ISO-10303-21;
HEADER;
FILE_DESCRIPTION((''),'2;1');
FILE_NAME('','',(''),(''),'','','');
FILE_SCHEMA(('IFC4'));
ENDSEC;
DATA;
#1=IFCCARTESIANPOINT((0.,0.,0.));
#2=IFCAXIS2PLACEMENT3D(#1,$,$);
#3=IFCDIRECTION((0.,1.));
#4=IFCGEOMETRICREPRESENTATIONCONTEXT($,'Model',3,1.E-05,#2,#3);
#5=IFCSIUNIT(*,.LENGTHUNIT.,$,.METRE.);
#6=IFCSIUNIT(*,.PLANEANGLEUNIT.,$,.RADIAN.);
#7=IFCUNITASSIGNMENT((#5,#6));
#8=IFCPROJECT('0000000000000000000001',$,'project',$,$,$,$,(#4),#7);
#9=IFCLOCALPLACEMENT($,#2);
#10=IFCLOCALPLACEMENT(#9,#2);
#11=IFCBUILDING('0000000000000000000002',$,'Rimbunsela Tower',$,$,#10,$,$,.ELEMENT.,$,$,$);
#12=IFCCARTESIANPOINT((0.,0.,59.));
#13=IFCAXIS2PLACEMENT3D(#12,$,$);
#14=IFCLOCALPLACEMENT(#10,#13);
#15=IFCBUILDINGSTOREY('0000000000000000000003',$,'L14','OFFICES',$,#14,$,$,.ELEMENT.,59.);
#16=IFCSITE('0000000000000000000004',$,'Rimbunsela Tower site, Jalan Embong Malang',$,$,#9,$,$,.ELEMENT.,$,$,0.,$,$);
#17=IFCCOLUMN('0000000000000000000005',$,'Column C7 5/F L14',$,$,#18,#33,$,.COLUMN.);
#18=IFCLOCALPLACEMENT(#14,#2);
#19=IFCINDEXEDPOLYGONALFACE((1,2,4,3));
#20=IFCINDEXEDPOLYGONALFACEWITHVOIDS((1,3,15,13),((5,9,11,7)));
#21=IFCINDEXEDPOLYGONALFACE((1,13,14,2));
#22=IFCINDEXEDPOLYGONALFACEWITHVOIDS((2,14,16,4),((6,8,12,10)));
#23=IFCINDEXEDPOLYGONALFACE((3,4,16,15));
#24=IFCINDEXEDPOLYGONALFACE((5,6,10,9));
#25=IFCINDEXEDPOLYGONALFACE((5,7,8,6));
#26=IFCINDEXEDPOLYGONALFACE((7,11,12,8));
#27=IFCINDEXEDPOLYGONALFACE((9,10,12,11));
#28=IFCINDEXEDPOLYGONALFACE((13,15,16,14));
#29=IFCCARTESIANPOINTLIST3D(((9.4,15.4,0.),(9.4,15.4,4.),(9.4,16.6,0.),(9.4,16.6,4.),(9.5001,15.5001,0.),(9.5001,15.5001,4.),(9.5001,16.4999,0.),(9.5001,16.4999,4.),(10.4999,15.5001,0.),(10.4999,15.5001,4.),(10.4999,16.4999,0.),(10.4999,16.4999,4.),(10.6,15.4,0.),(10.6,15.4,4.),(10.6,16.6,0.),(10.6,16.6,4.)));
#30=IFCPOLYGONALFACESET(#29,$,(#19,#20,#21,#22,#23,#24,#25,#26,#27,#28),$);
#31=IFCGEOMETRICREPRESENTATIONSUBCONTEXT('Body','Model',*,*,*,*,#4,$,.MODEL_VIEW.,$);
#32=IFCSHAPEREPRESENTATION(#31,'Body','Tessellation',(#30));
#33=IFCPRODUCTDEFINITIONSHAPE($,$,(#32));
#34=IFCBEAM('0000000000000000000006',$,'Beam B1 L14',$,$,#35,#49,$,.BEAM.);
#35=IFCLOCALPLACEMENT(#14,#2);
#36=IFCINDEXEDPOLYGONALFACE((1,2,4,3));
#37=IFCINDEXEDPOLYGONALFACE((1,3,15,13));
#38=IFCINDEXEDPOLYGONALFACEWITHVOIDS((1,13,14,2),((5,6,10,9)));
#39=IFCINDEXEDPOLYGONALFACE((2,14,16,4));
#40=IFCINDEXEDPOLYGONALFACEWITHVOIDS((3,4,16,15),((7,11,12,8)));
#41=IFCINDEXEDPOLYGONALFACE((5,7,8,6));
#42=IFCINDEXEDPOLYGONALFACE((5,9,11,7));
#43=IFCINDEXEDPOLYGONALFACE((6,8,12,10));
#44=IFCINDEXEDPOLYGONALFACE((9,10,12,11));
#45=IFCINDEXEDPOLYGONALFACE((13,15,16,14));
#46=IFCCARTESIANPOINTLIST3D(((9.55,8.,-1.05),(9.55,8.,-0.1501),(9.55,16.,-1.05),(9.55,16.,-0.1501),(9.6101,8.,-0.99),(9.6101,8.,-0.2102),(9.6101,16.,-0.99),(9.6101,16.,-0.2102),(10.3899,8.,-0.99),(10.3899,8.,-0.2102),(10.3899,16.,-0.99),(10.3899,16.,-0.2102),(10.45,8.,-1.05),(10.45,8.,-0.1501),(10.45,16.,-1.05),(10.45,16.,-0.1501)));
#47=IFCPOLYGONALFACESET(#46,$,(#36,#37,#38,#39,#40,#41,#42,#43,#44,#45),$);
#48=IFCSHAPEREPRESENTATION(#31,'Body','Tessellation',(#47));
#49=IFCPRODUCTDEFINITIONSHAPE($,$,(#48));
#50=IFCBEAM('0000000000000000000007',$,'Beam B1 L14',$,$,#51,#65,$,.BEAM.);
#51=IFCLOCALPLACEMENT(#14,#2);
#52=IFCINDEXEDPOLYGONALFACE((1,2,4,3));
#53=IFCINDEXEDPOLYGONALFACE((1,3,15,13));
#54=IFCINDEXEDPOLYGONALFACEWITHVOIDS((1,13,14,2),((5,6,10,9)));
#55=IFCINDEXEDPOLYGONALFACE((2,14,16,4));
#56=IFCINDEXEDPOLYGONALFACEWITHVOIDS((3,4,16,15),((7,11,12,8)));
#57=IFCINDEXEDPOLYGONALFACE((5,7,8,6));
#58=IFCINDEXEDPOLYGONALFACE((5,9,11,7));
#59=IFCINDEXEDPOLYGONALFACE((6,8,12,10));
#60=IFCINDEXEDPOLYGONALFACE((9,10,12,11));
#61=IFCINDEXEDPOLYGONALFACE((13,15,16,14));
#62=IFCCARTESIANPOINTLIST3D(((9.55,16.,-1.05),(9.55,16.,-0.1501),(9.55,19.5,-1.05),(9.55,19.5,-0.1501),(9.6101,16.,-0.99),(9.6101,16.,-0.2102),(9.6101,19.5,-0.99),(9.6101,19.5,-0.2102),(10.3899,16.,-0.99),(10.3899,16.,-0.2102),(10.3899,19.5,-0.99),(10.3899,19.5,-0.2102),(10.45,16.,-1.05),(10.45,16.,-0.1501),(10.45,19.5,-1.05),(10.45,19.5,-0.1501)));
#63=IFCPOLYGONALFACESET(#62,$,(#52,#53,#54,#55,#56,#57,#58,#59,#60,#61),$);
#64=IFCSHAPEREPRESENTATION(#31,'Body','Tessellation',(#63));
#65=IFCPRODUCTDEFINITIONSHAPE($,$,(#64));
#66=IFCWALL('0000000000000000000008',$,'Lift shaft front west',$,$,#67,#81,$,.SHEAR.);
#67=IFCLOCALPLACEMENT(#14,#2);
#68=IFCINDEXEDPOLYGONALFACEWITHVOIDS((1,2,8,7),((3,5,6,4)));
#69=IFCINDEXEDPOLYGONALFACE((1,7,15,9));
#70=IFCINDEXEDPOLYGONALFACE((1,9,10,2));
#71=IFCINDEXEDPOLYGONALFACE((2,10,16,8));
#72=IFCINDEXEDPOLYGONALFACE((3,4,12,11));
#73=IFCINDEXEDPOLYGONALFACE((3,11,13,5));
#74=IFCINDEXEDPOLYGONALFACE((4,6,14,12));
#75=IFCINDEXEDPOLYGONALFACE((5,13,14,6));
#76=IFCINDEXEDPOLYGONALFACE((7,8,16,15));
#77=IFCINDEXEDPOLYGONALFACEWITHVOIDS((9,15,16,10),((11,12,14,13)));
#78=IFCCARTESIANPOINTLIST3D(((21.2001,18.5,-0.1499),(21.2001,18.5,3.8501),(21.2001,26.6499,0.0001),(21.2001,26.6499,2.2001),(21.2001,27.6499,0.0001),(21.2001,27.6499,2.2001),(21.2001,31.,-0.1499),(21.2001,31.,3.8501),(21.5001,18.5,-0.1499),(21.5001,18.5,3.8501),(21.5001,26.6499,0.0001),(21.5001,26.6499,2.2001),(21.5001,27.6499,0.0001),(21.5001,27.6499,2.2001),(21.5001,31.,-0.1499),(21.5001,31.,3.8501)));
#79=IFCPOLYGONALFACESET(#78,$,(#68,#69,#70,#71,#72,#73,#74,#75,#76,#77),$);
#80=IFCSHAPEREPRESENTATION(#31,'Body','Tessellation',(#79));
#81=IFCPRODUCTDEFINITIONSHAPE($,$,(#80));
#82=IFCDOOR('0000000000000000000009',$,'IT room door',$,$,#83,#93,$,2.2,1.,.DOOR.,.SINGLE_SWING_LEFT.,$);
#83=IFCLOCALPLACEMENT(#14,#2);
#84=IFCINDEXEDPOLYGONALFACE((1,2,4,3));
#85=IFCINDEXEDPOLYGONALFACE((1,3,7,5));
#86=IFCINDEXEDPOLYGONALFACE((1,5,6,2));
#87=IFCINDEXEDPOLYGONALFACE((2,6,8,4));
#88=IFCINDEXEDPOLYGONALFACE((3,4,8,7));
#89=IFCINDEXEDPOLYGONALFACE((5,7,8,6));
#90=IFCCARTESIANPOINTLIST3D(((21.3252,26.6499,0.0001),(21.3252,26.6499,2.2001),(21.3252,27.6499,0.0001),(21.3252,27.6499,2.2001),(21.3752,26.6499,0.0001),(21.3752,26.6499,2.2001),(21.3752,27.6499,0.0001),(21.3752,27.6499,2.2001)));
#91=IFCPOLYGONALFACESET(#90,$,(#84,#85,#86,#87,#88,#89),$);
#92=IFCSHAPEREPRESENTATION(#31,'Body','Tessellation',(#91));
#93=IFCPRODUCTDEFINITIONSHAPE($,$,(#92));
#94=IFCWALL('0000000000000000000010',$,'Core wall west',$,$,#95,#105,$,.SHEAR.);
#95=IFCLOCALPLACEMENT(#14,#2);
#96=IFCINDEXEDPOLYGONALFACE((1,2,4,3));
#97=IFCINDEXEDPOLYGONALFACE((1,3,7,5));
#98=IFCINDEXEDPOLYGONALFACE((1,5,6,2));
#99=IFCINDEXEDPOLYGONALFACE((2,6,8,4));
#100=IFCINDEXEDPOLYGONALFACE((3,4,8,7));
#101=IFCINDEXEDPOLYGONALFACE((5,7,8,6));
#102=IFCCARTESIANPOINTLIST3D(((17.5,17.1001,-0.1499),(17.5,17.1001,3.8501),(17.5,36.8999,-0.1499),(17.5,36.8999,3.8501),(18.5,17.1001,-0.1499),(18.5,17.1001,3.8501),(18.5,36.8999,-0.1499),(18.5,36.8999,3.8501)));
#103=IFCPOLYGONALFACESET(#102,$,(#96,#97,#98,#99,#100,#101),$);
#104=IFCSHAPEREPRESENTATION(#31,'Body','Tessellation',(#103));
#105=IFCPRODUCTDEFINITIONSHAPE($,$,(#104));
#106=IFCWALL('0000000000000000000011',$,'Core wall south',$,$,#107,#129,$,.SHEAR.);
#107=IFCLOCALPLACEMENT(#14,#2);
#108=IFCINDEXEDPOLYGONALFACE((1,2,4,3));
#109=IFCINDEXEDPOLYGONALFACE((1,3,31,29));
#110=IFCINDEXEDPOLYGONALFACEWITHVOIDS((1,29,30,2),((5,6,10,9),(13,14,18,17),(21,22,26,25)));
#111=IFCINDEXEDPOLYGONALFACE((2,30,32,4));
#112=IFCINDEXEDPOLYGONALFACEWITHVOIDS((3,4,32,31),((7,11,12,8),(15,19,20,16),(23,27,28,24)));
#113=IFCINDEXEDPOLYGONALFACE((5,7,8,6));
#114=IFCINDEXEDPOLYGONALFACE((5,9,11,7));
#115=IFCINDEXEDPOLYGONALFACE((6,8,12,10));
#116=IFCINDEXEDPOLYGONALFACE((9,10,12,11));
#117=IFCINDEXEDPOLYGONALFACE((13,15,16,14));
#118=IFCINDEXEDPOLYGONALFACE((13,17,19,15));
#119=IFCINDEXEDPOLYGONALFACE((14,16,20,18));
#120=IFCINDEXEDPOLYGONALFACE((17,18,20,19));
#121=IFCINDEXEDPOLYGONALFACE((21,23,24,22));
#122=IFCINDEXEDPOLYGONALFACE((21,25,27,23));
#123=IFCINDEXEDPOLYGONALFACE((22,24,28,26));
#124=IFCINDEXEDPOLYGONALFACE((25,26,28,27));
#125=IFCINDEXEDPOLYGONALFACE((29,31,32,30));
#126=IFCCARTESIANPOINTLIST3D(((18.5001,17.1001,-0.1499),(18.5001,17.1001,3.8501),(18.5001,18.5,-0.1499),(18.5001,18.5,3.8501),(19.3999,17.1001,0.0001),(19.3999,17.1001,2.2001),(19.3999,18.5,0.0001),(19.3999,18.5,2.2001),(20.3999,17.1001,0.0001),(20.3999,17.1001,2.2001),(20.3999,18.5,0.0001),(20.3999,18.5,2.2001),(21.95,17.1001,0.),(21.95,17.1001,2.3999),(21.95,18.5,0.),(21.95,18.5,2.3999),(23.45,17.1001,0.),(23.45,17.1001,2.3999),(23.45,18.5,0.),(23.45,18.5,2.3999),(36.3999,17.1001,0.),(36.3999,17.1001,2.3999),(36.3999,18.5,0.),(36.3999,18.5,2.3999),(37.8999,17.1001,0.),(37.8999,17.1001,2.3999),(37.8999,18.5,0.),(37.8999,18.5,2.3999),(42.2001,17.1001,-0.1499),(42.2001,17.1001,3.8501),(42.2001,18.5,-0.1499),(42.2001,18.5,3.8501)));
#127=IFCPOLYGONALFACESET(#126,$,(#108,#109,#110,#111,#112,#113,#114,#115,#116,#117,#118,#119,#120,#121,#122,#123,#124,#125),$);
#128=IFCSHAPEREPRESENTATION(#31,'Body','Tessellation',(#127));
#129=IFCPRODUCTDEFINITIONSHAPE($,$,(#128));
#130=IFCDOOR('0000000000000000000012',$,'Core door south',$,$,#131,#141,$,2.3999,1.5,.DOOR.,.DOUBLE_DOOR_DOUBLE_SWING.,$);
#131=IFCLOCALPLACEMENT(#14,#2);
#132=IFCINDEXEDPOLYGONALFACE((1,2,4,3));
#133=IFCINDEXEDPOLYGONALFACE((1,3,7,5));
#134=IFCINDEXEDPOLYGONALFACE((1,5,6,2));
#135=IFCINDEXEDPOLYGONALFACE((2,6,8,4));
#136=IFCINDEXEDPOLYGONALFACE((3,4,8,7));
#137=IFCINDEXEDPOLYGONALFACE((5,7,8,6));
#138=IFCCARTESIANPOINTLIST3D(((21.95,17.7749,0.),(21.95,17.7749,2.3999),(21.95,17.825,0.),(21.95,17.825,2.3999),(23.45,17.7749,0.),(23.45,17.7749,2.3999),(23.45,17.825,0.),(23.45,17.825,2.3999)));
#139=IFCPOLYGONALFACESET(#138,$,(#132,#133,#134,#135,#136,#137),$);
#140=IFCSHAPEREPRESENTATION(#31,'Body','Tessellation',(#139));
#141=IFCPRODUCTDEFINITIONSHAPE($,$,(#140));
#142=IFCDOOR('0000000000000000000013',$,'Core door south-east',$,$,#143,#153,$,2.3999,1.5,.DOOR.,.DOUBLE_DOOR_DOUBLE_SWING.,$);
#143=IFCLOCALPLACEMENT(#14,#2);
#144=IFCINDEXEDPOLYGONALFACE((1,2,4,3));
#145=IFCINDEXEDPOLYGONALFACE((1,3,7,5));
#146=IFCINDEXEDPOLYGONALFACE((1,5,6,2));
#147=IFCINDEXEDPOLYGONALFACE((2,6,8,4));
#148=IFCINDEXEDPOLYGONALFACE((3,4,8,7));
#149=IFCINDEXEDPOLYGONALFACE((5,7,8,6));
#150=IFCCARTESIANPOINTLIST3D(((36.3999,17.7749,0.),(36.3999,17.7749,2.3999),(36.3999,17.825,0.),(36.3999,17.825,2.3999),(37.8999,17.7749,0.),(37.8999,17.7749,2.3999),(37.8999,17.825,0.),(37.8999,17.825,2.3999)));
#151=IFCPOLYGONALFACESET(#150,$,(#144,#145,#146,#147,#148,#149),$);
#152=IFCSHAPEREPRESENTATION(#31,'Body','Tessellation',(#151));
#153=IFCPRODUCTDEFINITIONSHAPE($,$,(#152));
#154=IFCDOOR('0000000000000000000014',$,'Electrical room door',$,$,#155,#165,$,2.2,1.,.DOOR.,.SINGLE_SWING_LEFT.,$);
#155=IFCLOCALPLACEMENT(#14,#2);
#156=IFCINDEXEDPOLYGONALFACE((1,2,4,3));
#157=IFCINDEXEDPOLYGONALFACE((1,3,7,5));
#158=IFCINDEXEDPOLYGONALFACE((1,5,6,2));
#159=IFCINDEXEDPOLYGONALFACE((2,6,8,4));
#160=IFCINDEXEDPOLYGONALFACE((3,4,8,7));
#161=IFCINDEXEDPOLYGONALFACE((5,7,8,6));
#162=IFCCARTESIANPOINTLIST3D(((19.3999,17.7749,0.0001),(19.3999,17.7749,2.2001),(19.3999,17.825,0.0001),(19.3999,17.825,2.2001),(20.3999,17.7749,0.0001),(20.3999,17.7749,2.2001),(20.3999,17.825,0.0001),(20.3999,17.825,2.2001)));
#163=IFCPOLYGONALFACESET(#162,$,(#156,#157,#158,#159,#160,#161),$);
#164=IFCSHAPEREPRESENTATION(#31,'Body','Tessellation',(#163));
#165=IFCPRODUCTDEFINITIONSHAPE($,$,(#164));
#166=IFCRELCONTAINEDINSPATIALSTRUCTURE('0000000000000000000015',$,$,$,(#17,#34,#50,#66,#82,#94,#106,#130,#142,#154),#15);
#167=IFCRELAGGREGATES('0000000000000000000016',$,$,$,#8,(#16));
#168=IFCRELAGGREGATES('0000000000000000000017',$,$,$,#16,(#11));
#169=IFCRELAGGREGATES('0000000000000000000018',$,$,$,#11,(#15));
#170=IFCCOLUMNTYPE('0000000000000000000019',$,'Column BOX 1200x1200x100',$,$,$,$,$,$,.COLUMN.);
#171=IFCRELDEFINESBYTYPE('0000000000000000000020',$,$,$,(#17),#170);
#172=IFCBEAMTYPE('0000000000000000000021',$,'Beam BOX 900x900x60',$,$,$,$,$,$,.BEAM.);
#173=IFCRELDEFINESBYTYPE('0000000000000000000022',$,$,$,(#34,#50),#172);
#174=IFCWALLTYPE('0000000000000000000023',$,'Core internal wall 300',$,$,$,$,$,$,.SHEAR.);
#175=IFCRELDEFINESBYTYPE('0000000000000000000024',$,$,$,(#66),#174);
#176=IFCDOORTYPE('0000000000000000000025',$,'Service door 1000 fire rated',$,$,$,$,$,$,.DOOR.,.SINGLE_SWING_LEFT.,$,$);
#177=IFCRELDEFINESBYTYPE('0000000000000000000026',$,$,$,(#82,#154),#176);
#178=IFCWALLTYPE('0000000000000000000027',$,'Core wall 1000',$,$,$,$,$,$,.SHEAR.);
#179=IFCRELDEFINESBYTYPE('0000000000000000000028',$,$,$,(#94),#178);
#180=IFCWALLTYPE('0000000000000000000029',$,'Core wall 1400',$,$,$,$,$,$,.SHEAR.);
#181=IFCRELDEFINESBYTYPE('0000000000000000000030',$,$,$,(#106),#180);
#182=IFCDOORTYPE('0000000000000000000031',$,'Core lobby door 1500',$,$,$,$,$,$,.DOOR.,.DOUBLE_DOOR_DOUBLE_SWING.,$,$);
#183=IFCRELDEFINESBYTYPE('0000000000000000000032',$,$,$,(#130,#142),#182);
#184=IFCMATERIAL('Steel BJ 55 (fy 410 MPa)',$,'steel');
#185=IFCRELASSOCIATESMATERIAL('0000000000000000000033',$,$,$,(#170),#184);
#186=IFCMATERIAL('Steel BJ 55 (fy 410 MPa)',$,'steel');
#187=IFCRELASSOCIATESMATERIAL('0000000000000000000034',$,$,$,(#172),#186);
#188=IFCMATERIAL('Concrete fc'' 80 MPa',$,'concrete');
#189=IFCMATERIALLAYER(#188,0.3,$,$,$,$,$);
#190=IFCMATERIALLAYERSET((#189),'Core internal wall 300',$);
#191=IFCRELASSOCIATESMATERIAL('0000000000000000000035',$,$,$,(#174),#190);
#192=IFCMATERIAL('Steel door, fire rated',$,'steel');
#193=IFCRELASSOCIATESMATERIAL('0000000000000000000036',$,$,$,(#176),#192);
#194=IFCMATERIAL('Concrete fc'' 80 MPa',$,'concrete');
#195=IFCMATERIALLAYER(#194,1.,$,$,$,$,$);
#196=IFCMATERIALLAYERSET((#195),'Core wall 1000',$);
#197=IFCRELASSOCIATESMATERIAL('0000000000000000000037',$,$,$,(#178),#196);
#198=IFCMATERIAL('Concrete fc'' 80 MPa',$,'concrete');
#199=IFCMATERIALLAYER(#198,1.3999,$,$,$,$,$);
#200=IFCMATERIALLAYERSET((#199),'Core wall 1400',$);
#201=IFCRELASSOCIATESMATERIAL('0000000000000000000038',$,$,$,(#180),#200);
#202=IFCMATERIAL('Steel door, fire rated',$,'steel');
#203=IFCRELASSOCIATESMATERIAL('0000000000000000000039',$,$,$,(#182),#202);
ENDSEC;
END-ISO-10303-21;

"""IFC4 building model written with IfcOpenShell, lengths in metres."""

from ifc_helpers import new_model, si_unit, direction, frame, frame_2d, origin, origin_2d, place, context, subcontext, project, spatial, rectangle, hollow_rectangle, extrude, material, layer, layer_set, material_profile, profile_set, type_object, element, fill, save


model = new_model("IFC4")

# Units and contexts
model_context = context("Model", 3, precision=1e-05, world=origin(), true_north=direction((0.0, 1.0)))
body_context = subcontext(model_context, "Body", "Model", "MODEL_VIEW")
ifc_project = project(units=[si_unit("LENGTHUNIT", "METRE"), si_unit("PLANEANGLEUNIT", "RADIAN")], contexts=[model_context])

# Site, building, storey
site_placement = place(None, origin())
site = spatial("IfcSite", under=ifc_project, at=site_placement, Name="Rimbunsela Tower site, Jalan Embong Malang", CompositionType="ELEMENT", RefElevation=0.0)
building_placement = place(site_placement, origin())
building = spatial("IfcBuilding", under=site, at=building_placement, Name="Rimbunsela Tower", CompositionType="ELEMENT")
storey_placement = place(building_placement, frame((0.0, 0.0, 59.0)))
storey = spatial("IfcBuildingStorey", under=building, at=storey_placement, Name="L14", Description="OFFICES", CompositionType="ELEMENT", Elevation=59.0)

# Column
ifc_material_1 = material(Name="Steel BJ 55 (fy 410 MPa)", Category="steel")
ifc_material_profile_1 = material_profile(ifc_material_1, hollow_rectangle(XDim=1.2, YDim=1.2, WallThickness=0.1001, at=origin_2d()), Name="BOX 1200x1200x100")
ifc_profile_set_1 = profile_set([ifc_material_profile_1], Name="Steel BJ 55 (fy 410 MPa)")
column_type = type_object("IfcColumnType", Name="Column BOX 1200x1200x100", PredefinedType="COLUMN", material=ifc_profile_set_1)
column_placement = place(storey_placement, frame((10.0, 16.0, 0.0), z_axis=(0.0, 0.0, 1.0), x_axis=(1.0, 0.0, 0.0)))
element("IfcColumn", 1, at=column_placement, inside=storey, type_object=column_type, Name="Column C7 5/F L14", PredefinedType="COLUMN", context=body_context, shape_type="SweptSolid", body=[
    extrude(hollow_rectangle(XDim=1.2, YDim=1.2, WallThickness=0.1001, at=origin_2d()), origin(), (0.0, 0.0, 1.0), 4.0),
])

# Beams
ifc_material_2 = material(Name="Steel BJ 55 (fy 410 MPa)", Category="steel")
ifc_material_profile_2 = material_profile(ifc_material_2, hollow_rectangle(XDim=0.8999, YDim=0.8999, WallThickness=0.0601, at=origin_2d()), Name="BOX 900x900x60")
ifc_profile_set_2 = profile_set([ifc_material_profile_2], Name="Steel BJ 55 (fy 410 MPa)")
beam_type = type_object("IfcBeamType", Name="Beam BOX 900x900x60", PredefinedType="BEAM", material=ifc_profile_set_2)
beam_1_placement = place(storey_placement, frame((10.0, 8.0, -0.6001), z_axis=(0.0, 1.0, 0.0), x_axis=(-1.0, 0.0, 0.0)))
element("IfcBeam", 2, at=beam_1_placement, inside=storey, type_object=beam_type, Name="Beam B1 L14", PredefinedType="BEAM", context=body_context, shape_type="SweptSolid", body=[
    extrude(hollow_rectangle(XDim=0.8999, YDim=0.8999, WallThickness=0.0601, at=origin_2d()), origin(), (0.0, 0.0, 1.0), 8.0),
])
beam_2_placement = place(storey_placement, frame((10.0, 16.0, -0.6001), z_axis=(0.0, 1.0, 0.0), x_axis=(-1.0, 0.0, 0.0)))
element("IfcBeam", 3, at=beam_2_placement, inside=storey, type_object=beam_type, Name="Beam B1 L14", PredefinedType="BEAM", context=body_context, shape_type="SweptSolid", body=[
    extrude(hollow_rectangle(XDim=0.8999, YDim=0.8999, WallThickness=0.0601, at=origin_2d()), origin(), (0.0, 0.0, 1.0), 3.5),
])

# Wall, opening, door
ifc_material_3 = material(Name="Concrete fc' 80 MPa", Category="concrete")
ifc_layer_1 = layer(ifc_material_3, 0.3)
ifc_layer_set_1 = layer_set([ifc_layer_1], Name="Core internal wall 300")
wall_type_1 = type_object("IfcWallType", Name="Core internal wall 300", PredefinedType="SHEAR", material=ifc_layer_set_1)
wall_1_placement = place(storey_placement, frame((21.3501, 18.5, -0.1499), z_axis=(0.0, 0.0, 1.0), x_axis=(0.0, 1.0, 0.0)))
wall_1 = element("IfcWall", 4, at=wall_1_placement, inside=storey, type_object=wall_type_1, Name="Lift shaft front west", PredefinedType="SHEAR", context=body_context, shape_type="SweptSolid", body=[
    extrude(rectangle(XDim=12.5, YDim=0.3, at=frame_2d((6.25, 0.0))), origin(), (0.0, 0.0, 1.0), 4.0),
])
opening_1_placement = place(wall_1_placement, frame((8.1499, 0.0, 0.1499)))
opening_1 = element("IfcOpeningElement", 5, at=opening_1_placement, cuts=wall_1, PredefinedType="OPENING", context=body_context, shape_type="SweptSolid", body=[
    extrude(rectangle(XDim=1.0, YDim=2.2, at=frame_2d((0.5, 1.1001))), frame((0.0, 0.1599, 0.0), z_axis=(0.0, -1.0, 0.0), x_axis=(1.0, 0.0, 0.0)), (0.0, 0.0, 1.0), 0.3201),
])
ifc_material_4 = material(Name="Steel door, fire rated", Category="steel")
door_type_1 = type_object("IfcDoorType", Name="Service door 1000 fire rated", OperationType="SINGLE_SWING_LEFT", PredefinedType="DOOR", material=ifc_material_4)
door_1_placement = place(opening_1_placement, origin())
door_1 = element("IfcDoor", 6, at=door_1_placement, inside=storey, type_object=door_type_1, Name="IT room door", OperationType="SINGLE_SWING_LEFT", OverallHeight=2.2, OverallWidth=1.0, PredefinedType="DOOR", context=body_context, shape_type="SweptSolid", body=[
    extrude(rectangle(XDim=1.0, YDim=2.2, at=frame_2d((0.5, 1.1001))), frame((0.0, 0.0249, 0.0), z_axis=(0.0, -1.0, 0.0), x_axis=(1.0, 0.0, 0.0)), (0.0, 0.0, 1.0), 0.05),
])
fill(opening_1, door_1)

# Wall
ifc_material_5 = material(Name="Concrete fc' 80 MPa", Category="concrete")
ifc_layer_2 = layer(ifc_material_5, 1.0)
ifc_layer_set_2 = layer_set([ifc_layer_2], Name="Core wall 1000")
wall_type_2 = type_object("IfcWallType", Name="Core wall 1000", PredefinedType="SHEAR", material=ifc_layer_set_2)
wall_2_placement = place(storey_placement, frame((18.0, 17.1001, -0.1499), z_axis=(0.0, 0.0, 1.0), x_axis=(0.0, 1.0, 0.0)))
element("IfcWall", 7, at=wall_2_placement, inside=storey, type_object=wall_type_2, Name="Core wall west", PredefinedType="SHEAR", context=body_context, shape_type="SweptSolid", body=[
    extrude(rectangle(XDim=19.7998, YDim=1.0, at=frame_2d((9.8999, 0.0))), origin(), (0.0, 0.0, 1.0), 4.0),
])

# Wall, openings, doors
ifc_material_6 = material(Name="Concrete fc' 80 MPa", Category="concrete")
ifc_layer_3 = layer(ifc_material_6, 1.3999)
ifc_layer_set_3 = layer_set([ifc_layer_3], Name="Core wall 1400")
wall_type_3 = type_object("IfcWallType", Name="Core wall 1400", PredefinedType="SHEAR", material=ifc_layer_set_3)
wall_3_placement = place(storey_placement, frame((18.5, 17.8, -0.1499), z_axis=(0.0, 0.0, 1.0), x_axis=(1.0, 0.0, 0.0)))
wall_3 = element("IfcWall", 8, at=wall_3_placement, inside=storey, type_object=wall_type_3, Name="Core wall south", PredefinedType="SHEAR", context=body_context, shape_type="SweptSolid", body=[
    extrude(rectangle(XDim=23.7, YDim=1.3999, at=frame_2d((11.8501, 0.0))), origin(), (0.0, 0.0, 1.0), 4.0),
])
opening_2_placement = place(wall_3_placement, frame((3.45, 0.0, 0.1499)))
opening_2 = element("IfcOpeningElement", 9, at=opening_2_placement, cuts=wall_3, PredefinedType="OPENING", context=body_context, shape_type="SweptSolid", body=[
    extrude(rectangle(XDim=1.5, YDim=2.3999, at=frame_2d((0.75, 1.2))), frame((0.0, 0.71, 0.0), z_axis=(0.0, -1.0, 0.0), x_axis=(1.0, 0.0, 0.0)), (0.0, 0.0, 1.0), 1.4199),
])
opening_3_placement = place(wall_3_placement, frame((17.8999, 0.0, 0.1499)))
opening_3 = element("IfcOpeningElement", 10, at=opening_3_placement, cuts=wall_3, PredefinedType="OPENING", context=body_context, shape_type="SweptSolid", body=[
    extrude(rectangle(XDim=1.5, YDim=2.3999, at=frame_2d((0.75, 1.2))), frame((0.0, 0.71, 0.0), z_axis=(0.0, -1.0, 0.0), x_axis=(1.0, 0.0, 0.0)), (0.0, 0.0, 1.0), 1.4199),
])
opening_4_placement = place(wall_3_placement, frame((0.8999, 0.0, 0.1499)))
opening_4 = element("IfcOpeningElement", 11, at=opening_4_placement, cuts=wall_3, PredefinedType="OPENING", context=body_context, shape_type="SweptSolid", body=[
    extrude(rectangle(XDim=1.0, YDim=2.2, at=frame_2d((0.5, 1.1001))), frame((0.0, 0.71, 0.0), z_axis=(0.0, -1.0, 0.0), x_axis=(1.0, 0.0, 0.0)), (0.0, 0.0, 1.0), 1.4199),
])
ifc_material_7 = material(Name="Steel door, fire rated", Category="steel")
door_type_2 = type_object("IfcDoorType", Name="Core lobby door 1500", OperationType="DOUBLE_DOOR_DOUBLE_SWING", PredefinedType="DOOR", material=ifc_material_7)
door_2_placement = place(opening_2_placement, origin())
door_2 = element("IfcDoor", 12, at=door_2_placement, inside=storey, type_object=door_type_2, Name="Core door south", OperationType="DOUBLE_DOOR_DOUBLE_SWING", OverallHeight=2.3999, OverallWidth=1.5, PredefinedType="DOOR", context=body_context, shape_type="SweptSolid", body=[
    extrude(rectangle(XDim=1.5, YDim=2.3999, at=frame_2d((0.75, 1.2))), frame((0.0, 0.0249, 0.0), z_axis=(0.0, -1.0, 0.0), x_axis=(1.0, 0.0, 0.0)), (0.0, 0.0, 1.0), 0.05),
])
fill(opening_2, door_2)
door_3_placement = place(opening_3_placement, origin())
door_3 = element("IfcDoor", 13, at=door_3_placement, inside=storey, type_object=door_type_2, Name="Core door south-east", OperationType="DOUBLE_DOOR_DOUBLE_SWING", OverallHeight=2.3999, OverallWidth=1.5, PredefinedType="DOOR", context=body_context, shape_type="SweptSolid", body=[
    extrude(rectangle(XDim=1.5, YDim=2.3999, at=frame_2d((0.75, 1.2))), frame((0.0, 0.0249, 0.0), z_axis=(0.0, -1.0, 0.0), x_axis=(1.0, 0.0, 0.0)), (0.0, 0.0, 1.0), 0.05),
])
fill(opening_3, door_3)
door_4_placement = place(opening_4_placement, origin())
door_4 = element("IfcDoor", 14, at=door_4_placement, inside=storey, type_object=door_type_1, Name="Electrical room door", OperationType="SINGLE_SWING_LEFT", OverallHeight=2.2, OverallWidth=1.0, PredefinedType="DOOR", context=body_context, shape_type="SweptSolid", body=[
    extrude(rectangle(XDim=1.0, YDim=2.2, at=frame_2d((0.5, 1.1001))), frame((0.0, 0.0249, 0.0), z_axis=(0.0, -1.0, 0.0), x_axis=(1.0, 0.0, 0.0)), (0.0, 0.0, 1.0), 0.05),
])
fill(opening_4, door_4)

save(model, "model.ifc")
